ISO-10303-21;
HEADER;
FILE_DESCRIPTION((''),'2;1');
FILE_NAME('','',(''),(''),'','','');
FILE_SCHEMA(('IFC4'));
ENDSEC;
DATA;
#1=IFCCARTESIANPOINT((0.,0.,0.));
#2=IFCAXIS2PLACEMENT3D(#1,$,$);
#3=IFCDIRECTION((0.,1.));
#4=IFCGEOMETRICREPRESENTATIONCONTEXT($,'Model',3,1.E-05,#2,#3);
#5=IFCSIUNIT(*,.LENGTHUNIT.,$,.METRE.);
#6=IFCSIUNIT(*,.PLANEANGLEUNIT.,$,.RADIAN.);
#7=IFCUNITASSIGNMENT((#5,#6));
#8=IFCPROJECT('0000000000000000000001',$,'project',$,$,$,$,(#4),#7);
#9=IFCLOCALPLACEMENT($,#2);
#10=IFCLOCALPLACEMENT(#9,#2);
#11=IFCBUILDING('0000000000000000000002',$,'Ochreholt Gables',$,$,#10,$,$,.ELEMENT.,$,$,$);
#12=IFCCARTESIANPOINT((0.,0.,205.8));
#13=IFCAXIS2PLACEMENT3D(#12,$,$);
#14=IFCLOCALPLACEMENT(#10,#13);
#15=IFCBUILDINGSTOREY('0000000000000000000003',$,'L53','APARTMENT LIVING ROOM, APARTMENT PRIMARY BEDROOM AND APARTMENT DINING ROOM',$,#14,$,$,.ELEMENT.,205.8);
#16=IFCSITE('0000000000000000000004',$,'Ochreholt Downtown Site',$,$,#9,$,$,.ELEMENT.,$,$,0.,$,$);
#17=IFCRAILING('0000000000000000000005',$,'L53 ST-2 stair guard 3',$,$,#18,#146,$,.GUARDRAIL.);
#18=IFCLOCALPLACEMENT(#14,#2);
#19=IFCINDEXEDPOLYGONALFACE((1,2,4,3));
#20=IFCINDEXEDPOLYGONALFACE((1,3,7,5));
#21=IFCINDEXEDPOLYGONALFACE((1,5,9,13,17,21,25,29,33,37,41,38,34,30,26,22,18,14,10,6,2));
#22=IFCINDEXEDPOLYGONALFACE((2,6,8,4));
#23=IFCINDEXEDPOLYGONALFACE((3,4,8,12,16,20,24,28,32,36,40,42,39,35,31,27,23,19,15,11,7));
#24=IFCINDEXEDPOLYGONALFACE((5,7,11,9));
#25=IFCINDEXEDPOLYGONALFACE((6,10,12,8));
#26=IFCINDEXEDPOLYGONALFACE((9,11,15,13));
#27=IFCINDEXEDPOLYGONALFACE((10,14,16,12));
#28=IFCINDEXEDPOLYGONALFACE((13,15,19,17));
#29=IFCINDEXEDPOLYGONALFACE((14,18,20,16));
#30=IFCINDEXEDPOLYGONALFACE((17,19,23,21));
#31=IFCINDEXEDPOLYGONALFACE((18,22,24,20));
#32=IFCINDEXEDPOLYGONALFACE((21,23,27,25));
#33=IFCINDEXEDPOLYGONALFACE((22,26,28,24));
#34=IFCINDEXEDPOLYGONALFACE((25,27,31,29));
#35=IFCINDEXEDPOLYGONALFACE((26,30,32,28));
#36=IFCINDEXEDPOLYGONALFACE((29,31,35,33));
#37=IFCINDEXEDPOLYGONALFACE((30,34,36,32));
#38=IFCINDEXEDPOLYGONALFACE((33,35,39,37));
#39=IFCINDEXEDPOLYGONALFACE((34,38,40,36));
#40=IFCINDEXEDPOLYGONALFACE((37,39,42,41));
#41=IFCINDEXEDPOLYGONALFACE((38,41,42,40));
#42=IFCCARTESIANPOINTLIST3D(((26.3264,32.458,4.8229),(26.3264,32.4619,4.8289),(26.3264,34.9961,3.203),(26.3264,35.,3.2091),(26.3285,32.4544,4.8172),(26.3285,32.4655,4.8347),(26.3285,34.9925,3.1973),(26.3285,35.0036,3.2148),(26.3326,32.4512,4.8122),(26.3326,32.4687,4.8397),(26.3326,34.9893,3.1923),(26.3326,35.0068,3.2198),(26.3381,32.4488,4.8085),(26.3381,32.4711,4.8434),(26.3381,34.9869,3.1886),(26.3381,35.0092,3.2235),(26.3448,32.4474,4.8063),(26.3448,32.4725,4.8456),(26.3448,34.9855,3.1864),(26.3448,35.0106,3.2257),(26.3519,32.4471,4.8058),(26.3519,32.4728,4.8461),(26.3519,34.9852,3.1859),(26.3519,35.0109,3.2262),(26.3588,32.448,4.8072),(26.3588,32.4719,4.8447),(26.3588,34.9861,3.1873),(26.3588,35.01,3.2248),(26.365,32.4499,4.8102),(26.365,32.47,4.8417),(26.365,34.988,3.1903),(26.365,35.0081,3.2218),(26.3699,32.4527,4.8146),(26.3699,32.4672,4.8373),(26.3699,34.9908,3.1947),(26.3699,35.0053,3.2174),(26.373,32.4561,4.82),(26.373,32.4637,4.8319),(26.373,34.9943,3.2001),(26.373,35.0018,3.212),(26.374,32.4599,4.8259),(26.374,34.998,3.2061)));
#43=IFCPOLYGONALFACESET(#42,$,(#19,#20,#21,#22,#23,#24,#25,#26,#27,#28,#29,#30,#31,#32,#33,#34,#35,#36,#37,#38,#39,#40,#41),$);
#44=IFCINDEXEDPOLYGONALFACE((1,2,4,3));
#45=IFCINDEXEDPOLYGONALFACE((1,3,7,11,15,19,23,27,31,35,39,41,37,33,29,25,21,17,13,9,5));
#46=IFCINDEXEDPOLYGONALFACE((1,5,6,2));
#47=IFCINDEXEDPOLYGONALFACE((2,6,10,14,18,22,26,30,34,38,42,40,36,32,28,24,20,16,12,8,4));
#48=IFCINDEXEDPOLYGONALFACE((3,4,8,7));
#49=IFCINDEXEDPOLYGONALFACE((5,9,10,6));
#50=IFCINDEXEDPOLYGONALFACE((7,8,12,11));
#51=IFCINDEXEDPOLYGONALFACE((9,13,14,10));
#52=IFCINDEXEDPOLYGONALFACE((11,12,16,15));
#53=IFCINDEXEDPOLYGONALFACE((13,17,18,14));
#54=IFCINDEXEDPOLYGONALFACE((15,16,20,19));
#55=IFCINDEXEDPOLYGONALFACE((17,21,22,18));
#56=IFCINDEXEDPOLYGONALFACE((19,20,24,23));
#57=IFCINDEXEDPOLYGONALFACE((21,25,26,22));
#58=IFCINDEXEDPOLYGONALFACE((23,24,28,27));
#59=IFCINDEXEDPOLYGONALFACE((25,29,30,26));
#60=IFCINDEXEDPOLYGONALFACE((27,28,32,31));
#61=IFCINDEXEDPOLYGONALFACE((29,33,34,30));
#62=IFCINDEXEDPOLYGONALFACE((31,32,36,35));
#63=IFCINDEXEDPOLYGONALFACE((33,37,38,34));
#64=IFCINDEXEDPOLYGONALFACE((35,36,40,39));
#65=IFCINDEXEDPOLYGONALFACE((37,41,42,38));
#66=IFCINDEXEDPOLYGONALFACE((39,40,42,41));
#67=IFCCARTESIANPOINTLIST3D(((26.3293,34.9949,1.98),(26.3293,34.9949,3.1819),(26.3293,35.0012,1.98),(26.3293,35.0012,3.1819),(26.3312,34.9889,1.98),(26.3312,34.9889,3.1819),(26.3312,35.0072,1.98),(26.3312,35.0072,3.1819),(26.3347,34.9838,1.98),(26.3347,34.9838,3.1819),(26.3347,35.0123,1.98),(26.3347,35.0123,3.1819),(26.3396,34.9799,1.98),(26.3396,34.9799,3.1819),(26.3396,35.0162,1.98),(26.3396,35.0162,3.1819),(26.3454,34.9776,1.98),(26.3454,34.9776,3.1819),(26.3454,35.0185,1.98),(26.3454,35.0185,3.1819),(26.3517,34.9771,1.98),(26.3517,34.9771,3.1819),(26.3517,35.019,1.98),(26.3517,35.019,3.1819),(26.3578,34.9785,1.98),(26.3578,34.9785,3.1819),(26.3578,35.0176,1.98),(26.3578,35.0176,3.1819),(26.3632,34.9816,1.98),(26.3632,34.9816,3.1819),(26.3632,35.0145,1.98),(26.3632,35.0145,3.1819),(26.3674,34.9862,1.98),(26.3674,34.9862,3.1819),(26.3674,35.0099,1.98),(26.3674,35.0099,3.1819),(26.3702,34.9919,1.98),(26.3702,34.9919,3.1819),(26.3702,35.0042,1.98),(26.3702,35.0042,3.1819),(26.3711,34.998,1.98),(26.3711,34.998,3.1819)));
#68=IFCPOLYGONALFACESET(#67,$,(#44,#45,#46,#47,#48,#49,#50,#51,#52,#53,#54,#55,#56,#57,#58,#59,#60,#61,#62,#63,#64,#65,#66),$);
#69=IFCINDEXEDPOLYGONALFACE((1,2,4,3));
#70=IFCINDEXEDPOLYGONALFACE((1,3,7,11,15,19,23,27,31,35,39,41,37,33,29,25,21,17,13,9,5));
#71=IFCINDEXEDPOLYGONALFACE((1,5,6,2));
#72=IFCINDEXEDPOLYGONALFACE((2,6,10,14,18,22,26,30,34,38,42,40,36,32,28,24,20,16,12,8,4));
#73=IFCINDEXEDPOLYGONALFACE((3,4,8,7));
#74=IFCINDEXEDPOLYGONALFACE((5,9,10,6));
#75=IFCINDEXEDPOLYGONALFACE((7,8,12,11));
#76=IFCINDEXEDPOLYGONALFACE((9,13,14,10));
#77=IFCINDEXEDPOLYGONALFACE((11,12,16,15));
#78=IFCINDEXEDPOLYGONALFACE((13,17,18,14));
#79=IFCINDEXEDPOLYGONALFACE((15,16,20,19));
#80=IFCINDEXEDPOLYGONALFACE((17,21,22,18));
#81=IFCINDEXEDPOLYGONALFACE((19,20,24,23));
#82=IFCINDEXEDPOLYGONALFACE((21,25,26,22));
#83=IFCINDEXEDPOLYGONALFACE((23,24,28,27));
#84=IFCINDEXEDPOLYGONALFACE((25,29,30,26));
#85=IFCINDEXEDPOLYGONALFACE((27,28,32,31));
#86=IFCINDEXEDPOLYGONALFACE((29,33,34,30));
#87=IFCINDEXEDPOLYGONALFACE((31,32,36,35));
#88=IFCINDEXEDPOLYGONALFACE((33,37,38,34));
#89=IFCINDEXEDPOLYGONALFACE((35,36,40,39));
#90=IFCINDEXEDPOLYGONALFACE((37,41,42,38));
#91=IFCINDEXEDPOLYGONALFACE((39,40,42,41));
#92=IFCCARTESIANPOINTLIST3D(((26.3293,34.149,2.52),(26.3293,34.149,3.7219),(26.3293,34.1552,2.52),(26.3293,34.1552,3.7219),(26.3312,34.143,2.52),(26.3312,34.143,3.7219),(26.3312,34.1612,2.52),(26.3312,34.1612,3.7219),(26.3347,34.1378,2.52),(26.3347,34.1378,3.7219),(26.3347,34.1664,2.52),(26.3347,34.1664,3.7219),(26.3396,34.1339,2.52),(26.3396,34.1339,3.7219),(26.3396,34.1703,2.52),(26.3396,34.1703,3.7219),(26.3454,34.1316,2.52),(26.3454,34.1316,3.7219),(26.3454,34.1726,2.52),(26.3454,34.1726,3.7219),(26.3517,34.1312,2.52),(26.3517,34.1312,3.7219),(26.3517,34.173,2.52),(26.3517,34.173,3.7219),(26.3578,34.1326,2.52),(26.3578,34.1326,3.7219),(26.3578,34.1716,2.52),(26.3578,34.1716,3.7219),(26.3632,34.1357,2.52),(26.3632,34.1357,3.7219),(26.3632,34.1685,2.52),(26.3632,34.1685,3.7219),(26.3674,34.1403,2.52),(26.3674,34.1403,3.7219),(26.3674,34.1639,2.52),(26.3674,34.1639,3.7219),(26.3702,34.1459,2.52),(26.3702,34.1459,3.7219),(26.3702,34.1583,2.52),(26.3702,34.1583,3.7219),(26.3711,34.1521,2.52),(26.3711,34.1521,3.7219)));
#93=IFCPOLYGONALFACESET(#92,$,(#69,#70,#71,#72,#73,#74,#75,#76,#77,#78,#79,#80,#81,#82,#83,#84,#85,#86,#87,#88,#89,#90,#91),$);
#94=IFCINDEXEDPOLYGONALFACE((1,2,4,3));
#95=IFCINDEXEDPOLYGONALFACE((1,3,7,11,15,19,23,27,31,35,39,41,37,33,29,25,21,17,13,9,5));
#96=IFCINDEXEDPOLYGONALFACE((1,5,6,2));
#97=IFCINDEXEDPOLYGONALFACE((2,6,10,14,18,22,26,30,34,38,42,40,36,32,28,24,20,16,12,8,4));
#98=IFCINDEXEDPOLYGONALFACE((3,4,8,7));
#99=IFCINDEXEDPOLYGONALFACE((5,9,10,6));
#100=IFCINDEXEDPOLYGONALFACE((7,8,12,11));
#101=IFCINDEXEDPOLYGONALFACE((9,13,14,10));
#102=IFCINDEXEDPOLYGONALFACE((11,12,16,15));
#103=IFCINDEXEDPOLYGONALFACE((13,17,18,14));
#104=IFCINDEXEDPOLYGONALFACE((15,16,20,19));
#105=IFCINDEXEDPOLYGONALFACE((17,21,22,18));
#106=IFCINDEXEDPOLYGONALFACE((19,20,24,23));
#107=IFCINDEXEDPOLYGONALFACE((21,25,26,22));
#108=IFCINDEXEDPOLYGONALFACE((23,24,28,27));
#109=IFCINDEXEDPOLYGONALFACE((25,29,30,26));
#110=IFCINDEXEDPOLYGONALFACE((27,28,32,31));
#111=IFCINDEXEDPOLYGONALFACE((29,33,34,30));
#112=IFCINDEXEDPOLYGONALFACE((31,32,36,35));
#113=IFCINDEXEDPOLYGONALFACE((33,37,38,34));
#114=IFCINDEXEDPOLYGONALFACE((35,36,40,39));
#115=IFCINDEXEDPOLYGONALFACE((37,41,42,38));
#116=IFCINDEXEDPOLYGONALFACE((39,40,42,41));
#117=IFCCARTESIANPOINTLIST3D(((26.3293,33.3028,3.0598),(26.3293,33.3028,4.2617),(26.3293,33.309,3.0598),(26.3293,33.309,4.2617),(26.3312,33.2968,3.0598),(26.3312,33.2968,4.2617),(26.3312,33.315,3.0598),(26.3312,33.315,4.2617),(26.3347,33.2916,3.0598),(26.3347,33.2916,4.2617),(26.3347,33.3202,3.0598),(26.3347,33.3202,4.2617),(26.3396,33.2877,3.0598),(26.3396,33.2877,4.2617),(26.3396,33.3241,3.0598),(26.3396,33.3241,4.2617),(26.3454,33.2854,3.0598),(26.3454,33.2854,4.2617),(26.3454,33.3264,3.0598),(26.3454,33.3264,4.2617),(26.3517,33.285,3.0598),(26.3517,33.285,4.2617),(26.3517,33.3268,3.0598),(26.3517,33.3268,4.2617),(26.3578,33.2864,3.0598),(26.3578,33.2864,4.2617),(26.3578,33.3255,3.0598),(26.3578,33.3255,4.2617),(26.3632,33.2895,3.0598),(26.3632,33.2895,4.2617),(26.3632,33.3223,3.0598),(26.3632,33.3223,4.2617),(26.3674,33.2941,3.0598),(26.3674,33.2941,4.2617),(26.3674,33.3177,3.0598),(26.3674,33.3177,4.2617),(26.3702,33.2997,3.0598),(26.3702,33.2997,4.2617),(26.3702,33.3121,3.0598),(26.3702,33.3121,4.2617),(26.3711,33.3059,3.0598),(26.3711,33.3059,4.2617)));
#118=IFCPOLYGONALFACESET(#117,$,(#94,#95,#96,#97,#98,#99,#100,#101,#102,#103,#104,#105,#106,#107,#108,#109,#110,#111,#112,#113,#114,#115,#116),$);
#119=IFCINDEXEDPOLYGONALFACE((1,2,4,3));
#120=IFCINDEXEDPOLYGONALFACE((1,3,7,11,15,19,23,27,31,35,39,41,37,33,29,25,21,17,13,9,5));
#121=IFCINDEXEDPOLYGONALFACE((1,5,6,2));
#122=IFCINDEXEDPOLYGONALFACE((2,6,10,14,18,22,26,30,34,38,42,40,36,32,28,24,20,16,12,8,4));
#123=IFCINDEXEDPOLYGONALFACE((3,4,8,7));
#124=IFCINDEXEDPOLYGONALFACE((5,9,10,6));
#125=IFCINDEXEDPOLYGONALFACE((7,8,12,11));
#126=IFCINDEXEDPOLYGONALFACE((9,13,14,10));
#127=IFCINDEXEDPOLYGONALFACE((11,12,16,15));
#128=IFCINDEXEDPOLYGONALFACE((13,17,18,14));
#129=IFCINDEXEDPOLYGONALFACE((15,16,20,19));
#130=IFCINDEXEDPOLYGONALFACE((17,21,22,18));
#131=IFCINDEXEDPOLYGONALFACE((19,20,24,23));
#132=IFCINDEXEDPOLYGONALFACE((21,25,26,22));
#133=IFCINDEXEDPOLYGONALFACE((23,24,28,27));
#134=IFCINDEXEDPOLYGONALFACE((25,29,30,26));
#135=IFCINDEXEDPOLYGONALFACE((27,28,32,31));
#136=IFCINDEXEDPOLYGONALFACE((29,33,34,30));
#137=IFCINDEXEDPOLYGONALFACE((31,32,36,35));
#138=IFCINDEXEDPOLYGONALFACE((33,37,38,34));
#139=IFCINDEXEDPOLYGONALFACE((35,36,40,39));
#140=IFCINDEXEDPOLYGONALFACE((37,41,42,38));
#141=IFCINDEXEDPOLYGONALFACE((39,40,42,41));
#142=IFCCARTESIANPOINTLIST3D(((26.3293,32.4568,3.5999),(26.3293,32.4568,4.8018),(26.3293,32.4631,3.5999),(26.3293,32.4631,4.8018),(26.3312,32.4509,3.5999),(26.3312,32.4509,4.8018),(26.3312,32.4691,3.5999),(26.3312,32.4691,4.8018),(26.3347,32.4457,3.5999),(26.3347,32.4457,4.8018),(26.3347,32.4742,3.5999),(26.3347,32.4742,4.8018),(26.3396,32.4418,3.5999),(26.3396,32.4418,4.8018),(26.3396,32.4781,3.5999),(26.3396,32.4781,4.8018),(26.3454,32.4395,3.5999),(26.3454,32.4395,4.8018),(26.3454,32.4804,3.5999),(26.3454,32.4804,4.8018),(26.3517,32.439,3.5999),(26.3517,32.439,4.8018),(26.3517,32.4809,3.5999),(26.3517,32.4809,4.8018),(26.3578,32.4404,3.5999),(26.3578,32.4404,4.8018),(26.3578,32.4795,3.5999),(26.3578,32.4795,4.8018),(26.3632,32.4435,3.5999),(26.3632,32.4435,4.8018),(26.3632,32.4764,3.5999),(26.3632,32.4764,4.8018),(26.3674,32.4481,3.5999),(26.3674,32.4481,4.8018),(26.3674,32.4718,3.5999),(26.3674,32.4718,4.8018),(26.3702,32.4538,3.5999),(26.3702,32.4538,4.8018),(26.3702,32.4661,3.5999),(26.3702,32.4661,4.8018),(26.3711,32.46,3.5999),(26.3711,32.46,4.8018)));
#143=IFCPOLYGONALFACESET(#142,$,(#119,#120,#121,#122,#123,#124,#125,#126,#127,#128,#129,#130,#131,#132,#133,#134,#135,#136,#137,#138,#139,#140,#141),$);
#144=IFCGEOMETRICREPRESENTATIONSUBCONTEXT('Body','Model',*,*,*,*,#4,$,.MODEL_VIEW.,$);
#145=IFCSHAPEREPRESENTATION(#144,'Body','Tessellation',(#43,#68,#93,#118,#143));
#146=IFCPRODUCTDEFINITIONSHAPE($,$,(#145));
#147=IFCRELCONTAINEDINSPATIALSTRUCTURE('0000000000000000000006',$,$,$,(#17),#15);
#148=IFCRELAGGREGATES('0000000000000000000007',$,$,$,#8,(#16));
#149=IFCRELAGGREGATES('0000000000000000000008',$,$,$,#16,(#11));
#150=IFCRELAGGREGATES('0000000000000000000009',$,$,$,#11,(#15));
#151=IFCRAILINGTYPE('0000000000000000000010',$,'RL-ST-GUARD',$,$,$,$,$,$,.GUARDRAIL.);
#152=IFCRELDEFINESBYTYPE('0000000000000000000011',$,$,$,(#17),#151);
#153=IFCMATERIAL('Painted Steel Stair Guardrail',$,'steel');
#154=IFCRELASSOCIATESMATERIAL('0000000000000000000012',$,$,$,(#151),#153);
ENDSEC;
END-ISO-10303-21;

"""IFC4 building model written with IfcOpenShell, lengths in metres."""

from ifc_helpers import new_model, si_unit, direction, frame, origin, origin_2d, place, context, subcontext, project, spatial, circle, extrude, material, type_object, element, save


model = new_model("IFC4")

# Units and contexts
model_context = context("Model", 3, precision=1e-05, world=origin(), true_north=direction((0.0, 1.0)))
body_context = subcontext(model_context, "Body", "Model", "MODEL_VIEW")
ifc_project = project(units=[si_unit("LENGTHUNIT", "METRE"), si_unit("PLANEANGLEUNIT", "RADIAN")], contexts=[model_context])

# Site, building, storey
site_placement = place(None, origin())
site = spatial("IfcSite", under=ifc_project, at=site_placement, Name="Ochreholt Downtown Site", CompositionType="ELEMENT", RefElevation=0.0)
building_placement = place(site_placement, origin())
building = spatial("IfcBuilding", under=site, at=building_placement, Name="Ochreholt Gables", CompositionType="ELEMENT")
storey_placement = place(building_placement, frame((0.0, 0.0, 205.8)))
storey = spatial("IfcBuildingStorey", under=building, at=storey_placement, Name="L53", Description="APARTMENT LIVING ROOM, APARTMENT PRIMARY BEDROOM AND APARTMENT DINING ROOM", CompositionType="ELEMENT", Elevation=205.8)

# Railing
ifc_material_1 = material(Name="Painted Steel Stair Guardrail", Category="steel")
railing_type_1 = type_object("IfcRailingType", Name="RL-ST-GUARD", PredefinedType="GUARDRAIL", material=ifc_material_1)
railing_1_placement = place(storey_placement, frame((26.3501, 34.998, 1.98)))
element("IfcRailing", 1, at=railing_1_placement, inside=storey, type_object=railing_type_1, Name="L53 ST-2 stair guard 3", PredefinedType="GUARDRAIL", context=body_context, shape_type="SweptSolid", body=[
    extrude(circle(Radius=0.0239, at=origin_2d()), frame((0.0, 0.0, 1.2261), z_axis=(0.0, -0.84295, 0.537993), x_axis=(1.0, 0.0, 0.0)), (0.0, 0.0, 1.0), 3.011),
    extrude(circle(Radius=0.021, at=origin_2d()), origin(), (0.0, 0.0, 1.0), 1.2019),
    extrude(circle(Radius=0.021, at=origin_2d()), frame((0.0, -0.8459, 0.54)), (0.0, 0.0, 1.0), 1.2019),
    extrude(circle(Radius=0.021, at=origin_2d()), frame((0.0, -1.6921, 1.0798)), (0.0, 0.0, 1.0), 1.2019),
    extrude(circle(Radius=0.021, at=origin_2d()), frame((0.0, -2.5381, 1.6199)), (0.0, 0.0, 1.0), 1.2019),
])

save(model, "model.ifc")
